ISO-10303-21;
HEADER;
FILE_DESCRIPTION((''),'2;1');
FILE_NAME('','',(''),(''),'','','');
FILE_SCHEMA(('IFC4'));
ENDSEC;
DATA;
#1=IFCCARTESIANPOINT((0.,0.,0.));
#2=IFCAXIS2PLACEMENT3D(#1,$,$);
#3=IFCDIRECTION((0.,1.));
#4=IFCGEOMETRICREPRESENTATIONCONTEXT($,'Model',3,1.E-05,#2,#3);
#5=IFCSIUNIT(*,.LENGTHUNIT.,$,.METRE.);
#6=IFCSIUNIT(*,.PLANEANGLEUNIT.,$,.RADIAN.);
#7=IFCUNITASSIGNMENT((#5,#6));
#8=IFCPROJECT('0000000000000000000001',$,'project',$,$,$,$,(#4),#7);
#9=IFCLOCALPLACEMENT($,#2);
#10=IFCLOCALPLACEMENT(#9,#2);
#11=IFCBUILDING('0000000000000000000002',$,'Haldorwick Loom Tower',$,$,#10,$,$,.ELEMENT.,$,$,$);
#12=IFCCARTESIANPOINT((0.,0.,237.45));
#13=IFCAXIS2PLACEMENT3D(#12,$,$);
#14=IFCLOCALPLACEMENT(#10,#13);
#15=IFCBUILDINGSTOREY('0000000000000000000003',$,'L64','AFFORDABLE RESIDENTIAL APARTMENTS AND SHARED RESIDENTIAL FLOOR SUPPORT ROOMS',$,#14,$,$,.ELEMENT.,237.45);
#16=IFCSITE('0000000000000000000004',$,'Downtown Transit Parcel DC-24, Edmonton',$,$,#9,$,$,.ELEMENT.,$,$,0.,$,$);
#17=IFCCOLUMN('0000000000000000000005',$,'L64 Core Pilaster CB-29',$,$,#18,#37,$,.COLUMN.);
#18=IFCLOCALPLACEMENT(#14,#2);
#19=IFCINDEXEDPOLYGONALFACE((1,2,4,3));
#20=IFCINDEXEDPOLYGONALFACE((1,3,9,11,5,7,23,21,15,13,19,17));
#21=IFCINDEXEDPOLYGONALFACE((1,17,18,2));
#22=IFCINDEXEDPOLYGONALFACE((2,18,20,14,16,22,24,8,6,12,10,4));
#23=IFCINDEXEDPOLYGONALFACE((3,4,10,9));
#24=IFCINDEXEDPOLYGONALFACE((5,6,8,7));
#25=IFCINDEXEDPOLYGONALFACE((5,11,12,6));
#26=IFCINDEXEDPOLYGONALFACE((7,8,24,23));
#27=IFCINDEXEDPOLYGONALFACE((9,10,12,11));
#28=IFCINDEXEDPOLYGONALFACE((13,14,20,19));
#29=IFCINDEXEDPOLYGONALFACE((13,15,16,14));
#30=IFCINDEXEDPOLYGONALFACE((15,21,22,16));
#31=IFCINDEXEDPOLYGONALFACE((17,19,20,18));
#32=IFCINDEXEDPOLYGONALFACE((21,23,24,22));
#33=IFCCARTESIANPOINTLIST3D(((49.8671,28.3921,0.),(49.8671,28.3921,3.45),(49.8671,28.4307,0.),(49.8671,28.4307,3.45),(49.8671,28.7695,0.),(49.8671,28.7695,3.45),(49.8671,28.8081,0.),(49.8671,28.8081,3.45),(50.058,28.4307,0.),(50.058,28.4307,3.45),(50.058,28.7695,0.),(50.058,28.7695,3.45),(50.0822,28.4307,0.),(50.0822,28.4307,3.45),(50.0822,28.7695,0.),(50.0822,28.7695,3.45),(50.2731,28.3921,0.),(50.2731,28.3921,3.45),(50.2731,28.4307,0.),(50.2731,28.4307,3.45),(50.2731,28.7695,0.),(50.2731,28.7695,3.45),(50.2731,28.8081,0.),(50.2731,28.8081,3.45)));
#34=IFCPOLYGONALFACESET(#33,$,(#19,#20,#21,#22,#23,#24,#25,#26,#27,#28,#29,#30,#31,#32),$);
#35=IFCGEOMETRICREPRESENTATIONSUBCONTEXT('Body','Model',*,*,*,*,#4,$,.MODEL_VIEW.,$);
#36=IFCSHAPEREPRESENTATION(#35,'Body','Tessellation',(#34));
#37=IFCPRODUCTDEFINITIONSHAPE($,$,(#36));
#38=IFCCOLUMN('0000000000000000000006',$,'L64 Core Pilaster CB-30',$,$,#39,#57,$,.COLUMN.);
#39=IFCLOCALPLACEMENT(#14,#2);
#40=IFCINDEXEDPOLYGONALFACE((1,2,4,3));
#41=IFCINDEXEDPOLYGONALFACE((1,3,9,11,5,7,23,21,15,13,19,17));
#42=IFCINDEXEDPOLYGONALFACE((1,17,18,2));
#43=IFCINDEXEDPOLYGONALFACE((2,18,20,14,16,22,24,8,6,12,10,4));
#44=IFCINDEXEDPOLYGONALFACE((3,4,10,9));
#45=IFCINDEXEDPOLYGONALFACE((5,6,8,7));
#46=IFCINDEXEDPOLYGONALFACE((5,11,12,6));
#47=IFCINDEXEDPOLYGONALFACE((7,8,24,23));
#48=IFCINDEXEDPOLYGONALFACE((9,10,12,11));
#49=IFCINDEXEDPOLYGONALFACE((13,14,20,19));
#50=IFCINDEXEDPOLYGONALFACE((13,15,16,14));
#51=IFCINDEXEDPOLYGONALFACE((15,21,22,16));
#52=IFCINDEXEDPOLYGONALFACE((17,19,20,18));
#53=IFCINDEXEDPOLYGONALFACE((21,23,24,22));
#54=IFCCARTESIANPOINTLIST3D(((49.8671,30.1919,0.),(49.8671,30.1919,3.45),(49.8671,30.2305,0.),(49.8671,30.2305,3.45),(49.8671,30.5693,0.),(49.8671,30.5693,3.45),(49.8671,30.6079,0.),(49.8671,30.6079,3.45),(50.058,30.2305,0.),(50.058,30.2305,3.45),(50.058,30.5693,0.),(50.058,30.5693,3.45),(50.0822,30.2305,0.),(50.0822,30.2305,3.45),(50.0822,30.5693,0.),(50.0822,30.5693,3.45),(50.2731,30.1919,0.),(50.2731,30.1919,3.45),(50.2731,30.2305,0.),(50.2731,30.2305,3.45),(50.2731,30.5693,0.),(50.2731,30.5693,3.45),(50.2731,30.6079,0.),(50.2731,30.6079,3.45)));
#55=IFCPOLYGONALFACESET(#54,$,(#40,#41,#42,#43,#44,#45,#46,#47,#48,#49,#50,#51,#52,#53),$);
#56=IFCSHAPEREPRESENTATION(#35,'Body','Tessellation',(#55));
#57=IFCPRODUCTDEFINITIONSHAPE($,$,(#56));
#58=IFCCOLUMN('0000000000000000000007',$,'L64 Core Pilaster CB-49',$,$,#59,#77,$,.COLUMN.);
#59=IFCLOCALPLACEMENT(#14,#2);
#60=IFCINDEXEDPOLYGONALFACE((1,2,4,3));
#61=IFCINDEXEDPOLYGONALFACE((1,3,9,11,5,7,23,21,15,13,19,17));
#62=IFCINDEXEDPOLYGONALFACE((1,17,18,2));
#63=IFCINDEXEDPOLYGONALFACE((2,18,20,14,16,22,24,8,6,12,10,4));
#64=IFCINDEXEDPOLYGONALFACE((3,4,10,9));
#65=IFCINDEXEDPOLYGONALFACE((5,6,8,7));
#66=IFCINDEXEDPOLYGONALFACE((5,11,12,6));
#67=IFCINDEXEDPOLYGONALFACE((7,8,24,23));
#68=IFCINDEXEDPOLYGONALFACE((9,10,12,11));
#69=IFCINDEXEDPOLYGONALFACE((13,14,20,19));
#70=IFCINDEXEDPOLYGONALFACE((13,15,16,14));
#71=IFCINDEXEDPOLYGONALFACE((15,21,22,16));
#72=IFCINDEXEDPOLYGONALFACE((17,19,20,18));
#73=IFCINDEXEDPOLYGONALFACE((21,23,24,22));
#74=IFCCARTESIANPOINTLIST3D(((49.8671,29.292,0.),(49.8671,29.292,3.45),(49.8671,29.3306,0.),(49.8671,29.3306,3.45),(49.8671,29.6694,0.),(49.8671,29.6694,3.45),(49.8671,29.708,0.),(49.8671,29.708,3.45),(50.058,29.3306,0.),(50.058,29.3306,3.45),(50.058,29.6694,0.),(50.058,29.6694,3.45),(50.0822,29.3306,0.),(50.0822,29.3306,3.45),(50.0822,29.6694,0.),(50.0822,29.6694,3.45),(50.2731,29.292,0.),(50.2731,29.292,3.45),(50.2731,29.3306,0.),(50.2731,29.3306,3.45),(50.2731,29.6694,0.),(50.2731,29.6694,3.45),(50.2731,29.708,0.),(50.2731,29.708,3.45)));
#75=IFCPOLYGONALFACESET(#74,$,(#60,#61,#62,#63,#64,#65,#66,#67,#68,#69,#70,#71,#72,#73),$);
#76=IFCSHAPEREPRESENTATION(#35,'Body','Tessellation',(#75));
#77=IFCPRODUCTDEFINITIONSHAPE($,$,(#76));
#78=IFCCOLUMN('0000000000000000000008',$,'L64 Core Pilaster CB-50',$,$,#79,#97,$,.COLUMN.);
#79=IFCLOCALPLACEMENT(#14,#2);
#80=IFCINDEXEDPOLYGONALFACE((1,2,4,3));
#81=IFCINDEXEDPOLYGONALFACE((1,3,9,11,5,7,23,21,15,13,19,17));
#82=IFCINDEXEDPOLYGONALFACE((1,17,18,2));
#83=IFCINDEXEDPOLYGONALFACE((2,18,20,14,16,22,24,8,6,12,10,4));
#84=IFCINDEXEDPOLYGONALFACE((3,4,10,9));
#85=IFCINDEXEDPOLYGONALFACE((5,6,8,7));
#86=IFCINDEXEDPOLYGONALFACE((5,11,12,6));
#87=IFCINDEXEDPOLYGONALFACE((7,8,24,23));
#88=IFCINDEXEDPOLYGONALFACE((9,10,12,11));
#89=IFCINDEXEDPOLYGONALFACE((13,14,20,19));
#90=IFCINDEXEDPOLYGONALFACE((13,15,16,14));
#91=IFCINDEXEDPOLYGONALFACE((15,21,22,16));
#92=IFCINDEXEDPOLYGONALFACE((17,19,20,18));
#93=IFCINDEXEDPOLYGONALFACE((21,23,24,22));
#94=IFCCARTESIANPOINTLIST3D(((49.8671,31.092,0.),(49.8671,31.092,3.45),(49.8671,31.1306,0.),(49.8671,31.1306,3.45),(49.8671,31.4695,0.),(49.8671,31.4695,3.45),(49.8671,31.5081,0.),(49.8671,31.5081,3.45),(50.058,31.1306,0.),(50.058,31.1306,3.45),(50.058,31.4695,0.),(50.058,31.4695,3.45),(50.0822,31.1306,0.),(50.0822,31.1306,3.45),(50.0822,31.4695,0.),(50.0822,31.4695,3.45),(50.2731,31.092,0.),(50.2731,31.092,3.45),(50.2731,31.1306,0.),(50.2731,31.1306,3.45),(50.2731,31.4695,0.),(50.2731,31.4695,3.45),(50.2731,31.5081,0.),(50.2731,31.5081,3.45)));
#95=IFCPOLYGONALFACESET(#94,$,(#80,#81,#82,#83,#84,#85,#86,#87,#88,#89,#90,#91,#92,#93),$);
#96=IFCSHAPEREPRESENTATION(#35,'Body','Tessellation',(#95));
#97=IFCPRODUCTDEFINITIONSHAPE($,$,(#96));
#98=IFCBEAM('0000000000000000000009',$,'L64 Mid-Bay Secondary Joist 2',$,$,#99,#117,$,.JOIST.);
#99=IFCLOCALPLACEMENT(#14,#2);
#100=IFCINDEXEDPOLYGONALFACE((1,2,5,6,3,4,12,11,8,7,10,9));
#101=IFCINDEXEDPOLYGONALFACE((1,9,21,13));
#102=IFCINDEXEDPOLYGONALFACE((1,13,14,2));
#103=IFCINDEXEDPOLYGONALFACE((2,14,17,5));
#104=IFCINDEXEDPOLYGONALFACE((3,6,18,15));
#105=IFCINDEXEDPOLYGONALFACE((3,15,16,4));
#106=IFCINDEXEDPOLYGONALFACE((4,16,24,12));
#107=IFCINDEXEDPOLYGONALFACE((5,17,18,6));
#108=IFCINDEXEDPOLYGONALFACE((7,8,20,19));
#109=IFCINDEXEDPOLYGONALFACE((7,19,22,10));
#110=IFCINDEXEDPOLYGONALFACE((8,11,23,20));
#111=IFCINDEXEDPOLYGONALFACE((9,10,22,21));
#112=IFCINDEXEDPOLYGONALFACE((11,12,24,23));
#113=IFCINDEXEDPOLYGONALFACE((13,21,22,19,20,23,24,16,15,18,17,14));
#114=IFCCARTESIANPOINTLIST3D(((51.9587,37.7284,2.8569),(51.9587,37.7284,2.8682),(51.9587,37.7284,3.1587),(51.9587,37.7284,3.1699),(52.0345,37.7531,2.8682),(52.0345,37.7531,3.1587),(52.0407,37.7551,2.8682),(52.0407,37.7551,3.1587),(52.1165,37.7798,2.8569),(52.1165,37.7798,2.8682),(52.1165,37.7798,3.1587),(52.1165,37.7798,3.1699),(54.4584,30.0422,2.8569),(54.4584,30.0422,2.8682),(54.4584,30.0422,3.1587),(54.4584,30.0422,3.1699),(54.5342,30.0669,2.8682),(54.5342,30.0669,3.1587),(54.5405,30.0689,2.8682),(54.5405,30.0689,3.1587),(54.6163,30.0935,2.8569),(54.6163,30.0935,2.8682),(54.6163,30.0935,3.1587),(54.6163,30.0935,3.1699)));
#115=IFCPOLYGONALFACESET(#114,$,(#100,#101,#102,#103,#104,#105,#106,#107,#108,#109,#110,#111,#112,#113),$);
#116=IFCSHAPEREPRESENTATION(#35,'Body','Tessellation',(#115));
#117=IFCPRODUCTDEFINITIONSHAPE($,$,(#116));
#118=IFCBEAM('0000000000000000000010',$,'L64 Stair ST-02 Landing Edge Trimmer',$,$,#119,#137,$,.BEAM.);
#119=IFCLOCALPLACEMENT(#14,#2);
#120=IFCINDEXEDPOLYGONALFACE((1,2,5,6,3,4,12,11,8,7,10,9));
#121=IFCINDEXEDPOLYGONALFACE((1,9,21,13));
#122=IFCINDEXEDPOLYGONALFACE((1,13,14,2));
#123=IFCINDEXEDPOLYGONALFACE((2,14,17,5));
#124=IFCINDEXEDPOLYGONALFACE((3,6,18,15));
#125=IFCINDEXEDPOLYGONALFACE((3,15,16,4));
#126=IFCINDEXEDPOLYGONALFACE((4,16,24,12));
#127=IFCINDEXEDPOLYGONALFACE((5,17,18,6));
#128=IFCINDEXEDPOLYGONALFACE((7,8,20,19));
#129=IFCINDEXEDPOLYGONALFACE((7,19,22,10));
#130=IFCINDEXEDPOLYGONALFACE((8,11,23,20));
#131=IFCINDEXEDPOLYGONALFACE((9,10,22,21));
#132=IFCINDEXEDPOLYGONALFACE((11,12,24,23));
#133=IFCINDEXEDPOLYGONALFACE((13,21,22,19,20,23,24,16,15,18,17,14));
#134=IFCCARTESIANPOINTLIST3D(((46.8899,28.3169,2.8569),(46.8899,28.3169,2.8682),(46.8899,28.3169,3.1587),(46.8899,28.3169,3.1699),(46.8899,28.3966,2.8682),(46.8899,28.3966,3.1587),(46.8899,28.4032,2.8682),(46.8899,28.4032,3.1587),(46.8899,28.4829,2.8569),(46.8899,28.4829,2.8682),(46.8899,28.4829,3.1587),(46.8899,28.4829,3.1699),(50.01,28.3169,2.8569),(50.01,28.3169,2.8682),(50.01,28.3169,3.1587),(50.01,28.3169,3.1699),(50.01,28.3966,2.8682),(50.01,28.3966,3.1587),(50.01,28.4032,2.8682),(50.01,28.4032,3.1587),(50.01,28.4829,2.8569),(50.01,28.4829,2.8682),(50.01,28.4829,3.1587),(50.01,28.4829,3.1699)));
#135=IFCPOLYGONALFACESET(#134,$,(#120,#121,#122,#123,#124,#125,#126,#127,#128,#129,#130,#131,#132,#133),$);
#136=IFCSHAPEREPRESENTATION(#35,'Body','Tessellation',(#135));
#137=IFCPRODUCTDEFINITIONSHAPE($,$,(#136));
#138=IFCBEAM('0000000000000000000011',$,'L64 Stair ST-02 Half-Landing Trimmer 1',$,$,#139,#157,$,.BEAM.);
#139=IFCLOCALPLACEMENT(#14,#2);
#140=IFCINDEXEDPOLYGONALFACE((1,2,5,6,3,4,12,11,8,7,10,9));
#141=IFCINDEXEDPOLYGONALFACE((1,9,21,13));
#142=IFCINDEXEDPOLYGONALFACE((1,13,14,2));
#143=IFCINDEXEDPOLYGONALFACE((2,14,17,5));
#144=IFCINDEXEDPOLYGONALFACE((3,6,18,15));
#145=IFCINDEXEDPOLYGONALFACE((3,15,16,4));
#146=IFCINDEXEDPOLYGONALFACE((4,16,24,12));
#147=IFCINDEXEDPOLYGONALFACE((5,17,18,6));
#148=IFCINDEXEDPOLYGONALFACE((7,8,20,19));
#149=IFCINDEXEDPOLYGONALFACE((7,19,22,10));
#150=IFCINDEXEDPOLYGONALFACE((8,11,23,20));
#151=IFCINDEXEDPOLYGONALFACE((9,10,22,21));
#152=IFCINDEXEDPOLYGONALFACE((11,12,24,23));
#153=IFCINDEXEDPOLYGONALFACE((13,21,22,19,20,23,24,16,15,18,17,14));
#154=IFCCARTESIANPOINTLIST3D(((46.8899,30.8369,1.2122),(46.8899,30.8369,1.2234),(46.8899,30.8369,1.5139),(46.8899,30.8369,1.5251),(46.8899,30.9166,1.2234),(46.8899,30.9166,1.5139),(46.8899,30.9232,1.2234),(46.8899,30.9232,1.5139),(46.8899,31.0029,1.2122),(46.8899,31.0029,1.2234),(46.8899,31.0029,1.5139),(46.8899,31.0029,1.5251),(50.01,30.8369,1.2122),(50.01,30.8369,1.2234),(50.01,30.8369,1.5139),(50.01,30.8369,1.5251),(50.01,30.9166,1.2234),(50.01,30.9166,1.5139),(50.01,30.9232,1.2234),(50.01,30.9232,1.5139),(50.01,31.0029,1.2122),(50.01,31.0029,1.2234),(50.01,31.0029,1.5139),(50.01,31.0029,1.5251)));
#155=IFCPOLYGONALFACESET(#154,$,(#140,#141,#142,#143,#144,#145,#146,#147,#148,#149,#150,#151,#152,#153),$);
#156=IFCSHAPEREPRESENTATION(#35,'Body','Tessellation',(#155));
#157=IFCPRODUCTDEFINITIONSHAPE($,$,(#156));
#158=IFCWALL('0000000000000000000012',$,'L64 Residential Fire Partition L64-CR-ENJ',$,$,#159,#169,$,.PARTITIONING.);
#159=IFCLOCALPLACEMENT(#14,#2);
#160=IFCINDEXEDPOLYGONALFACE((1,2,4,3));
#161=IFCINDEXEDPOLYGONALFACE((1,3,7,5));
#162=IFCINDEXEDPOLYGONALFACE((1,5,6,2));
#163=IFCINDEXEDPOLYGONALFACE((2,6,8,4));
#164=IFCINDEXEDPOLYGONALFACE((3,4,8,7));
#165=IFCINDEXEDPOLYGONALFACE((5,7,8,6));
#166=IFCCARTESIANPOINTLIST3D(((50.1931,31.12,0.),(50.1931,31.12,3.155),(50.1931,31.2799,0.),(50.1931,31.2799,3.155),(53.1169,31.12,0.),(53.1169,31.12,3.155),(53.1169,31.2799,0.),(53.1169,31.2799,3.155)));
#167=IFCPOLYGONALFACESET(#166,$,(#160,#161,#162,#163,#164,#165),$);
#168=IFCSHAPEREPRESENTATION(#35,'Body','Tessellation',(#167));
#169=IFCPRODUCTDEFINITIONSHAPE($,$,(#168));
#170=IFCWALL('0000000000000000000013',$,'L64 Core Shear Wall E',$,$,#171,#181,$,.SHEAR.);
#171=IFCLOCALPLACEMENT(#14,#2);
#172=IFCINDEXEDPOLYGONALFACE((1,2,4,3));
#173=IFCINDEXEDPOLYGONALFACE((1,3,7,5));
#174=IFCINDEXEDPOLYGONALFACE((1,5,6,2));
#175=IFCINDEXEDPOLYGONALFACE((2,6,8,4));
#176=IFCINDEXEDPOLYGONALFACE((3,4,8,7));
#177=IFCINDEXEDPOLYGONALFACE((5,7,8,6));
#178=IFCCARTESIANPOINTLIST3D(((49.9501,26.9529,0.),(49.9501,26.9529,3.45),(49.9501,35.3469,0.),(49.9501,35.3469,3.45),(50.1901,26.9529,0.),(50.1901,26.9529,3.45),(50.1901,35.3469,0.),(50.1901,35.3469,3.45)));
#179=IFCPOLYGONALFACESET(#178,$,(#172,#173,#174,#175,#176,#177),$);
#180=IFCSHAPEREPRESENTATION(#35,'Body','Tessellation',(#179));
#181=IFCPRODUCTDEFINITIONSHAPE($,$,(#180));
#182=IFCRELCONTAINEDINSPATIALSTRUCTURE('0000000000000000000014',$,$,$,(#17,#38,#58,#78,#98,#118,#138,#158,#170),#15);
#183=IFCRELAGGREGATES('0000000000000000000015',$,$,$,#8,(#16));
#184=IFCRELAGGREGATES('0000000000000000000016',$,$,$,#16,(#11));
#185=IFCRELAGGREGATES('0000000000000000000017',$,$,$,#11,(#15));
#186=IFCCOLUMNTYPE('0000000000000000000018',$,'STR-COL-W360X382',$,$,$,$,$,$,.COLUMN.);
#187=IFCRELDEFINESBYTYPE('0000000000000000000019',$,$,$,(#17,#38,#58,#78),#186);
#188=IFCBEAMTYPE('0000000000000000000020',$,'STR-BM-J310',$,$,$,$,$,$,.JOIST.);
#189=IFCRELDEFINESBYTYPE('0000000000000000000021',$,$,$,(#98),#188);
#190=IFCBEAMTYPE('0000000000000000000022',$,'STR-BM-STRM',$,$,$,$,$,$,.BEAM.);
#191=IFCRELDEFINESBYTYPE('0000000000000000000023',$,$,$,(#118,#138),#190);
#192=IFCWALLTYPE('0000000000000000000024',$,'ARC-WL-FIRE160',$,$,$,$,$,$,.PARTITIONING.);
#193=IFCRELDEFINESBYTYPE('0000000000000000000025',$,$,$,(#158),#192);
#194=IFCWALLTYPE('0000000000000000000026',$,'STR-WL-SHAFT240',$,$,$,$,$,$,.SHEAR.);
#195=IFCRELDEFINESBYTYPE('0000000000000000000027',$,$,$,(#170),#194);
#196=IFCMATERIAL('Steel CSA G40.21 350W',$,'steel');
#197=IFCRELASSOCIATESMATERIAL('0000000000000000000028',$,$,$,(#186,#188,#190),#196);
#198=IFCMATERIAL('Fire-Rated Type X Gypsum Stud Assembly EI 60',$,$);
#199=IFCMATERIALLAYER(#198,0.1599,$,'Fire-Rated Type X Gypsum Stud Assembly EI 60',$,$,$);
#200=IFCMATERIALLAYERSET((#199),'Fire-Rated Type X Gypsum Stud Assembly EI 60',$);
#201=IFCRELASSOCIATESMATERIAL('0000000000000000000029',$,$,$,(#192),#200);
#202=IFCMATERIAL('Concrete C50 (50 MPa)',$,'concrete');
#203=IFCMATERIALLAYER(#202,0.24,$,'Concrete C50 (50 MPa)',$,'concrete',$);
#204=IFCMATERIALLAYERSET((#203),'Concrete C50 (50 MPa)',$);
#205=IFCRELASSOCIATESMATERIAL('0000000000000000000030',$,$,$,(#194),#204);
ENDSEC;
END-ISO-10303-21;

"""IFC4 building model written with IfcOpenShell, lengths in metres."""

from ifc_helpers import new_model, si_unit, direction, frame, frame_2d, origin, origin_2d, place, context, subcontext, project, spatial, rectangle, i_section, extrude, material, layer, layer_set, material_profile, profile_set, type_object, element, save


model = new_model("IFC4")

# Units and contexts
model_context = context("Model", 3, precision=1e-05, world=origin(), true_north=direction((0.0, 1.0)))
body_context = subcontext(model_context, "Body", "Model", "MODEL_VIEW")
ifc_project = project(units=[si_unit("LENGTHUNIT", "METRE"), si_unit("PLANEANGLEUNIT", "RADIAN")], contexts=[model_context])

# Site, building, storey
site_placement = place(None, origin())
site = spatial("IfcSite", under=ifc_project, at=site_placement, Name="Downtown Transit Parcel DC-24, Edmonton", CompositionType="ELEMENT", RefElevation=0.0)
building_placement = place(site_placement, origin())
building = spatial("IfcBuilding", under=site, at=building_placement, Name="Haldorwick Loom Tower", CompositionType="ELEMENT")
storey_placement = place(building_placement, frame((0.0, 0.0, 237.45)))
storey = spatial("IfcBuildingStorey", under=building, at=storey_placement, Name="L64", Description="AFFORDABLE RESIDENTIAL APARTMENTS AND SHARED RESIDENTIAL FLOOR SUPPORT ROOMS", CompositionType="ELEMENT", Elevation=237.45)

# Columns
ifc_material_1 = material(Name="Steel CSA G40.21 350W", Category="steel")
ifc_material_profile_1 = material_profile(ifc_material_1, i_section(OverallWidth=0.406, OverallDepth=0.416, WebThickness=0.0242, FlangeThickness=0.0386, at=origin_2d()), Name="W360X382", Category="steel")
ifc_profile_set_1 = profile_set([ifc_material_profile_1], Name="Steel CSA G40.21 350W")
column_type = type_object("IfcColumnType", Name="STR-COL-W360X382", PredefinedType="COLUMN", material=ifc_profile_set_1)
for number, where, z_axis, x_axis, name in (
    (1, (50.0701, 28.6001, 0.0), (0.0, 0.0, 1.0), (1.0, 0.0, 0.0), "L64 Core Pilaster CB-29"),
    (2, (50.0701, 30.3999, 0.0), (0.0, 0.0, 1.0), (1.0, 0.0, 0.0), "L64 Core Pilaster CB-30"),
    (3, (50.0701, 29.5, 0.0), (0.0, 0.0, 1.0), (1.0, 0.0, 0.0), "L64 Core Pilaster CB-49"),
    (4, (50.0701, 31.3, 0.0), (0.0, 0.0, 1.0), (1.0, 0.0, 0.0), "L64 Core Pilaster CB-50"),
):
    element("IfcColumn", number, at=place(storey_placement, frame(where, z_axis=z_axis, x_axis=x_axis)), inside=storey, type_object=column_type, Name=name, PredefinedType="COLUMN", context=body_context, shape_type="SweptSolid", body=[
        extrude(i_section(OverallWidth=0.406, OverallDepth=0.416, WebThickness=0.0242, FlangeThickness=0.0386, at=origin_2d()), origin(), (0.0, 0.0, 1.0), 3.45),
    ])

# Beams
ifc_material_profile_2 = material_profile(ifc_material_1, i_section(OverallWidth=0.166, OverallDepth=0.313, WebThickness=0.0066, FlangeThickness=0.0112, at=origin_2d()), Name="W310X45", Category="steel")
ifc_profile_set_2 = profile_set([ifc_material_profile_2], Name="Steel CSA G40.21 350W")
beam_type_1 = type_object("IfcBeamType", Name="STR-BM-J310", PredefinedType="JOIST", material=ifc_profile_set_2)
beam_placement = place(storey_placement, frame((54.5374, 30.0679, 3.0134), z_axis=(-0.309278, 0.950972, 0.0), x_axis=(-0.950972, -0.309278, 0.0)))
element("IfcBeam", 5, at=beam_placement, inside=storey, type_object=beam_type_1, Name="L64 Mid-Bay Secondary Joist 2", PredefinedType="JOIST", context=body_context, shape_type="SweptSolid", body=[
    extrude(i_section(OverallWidth=0.166, OverallDepth=0.313, WebThickness=0.0066, FlangeThickness=0.0112, at=origin_2d()), origin(), (0.0, 0.0, 1.0), 8.0825),
])
ifc_material_profile_3 = material_profile(ifc_material_1, i_section(OverallWidth=0.166, OverallDepth=0.313, WebThickness=0.0066, FlangeThickness=0.0112, at=origin_2d()), Name="W310X45", Category="steel")
ifc_profile_set_3 = profile_set([ifc_material_profile_3], Name="Steel CSA G40.21 350W")
beam_type_2 = type_object("IfcBeamType", Name="STR-BM-STRM", PredefinedType="BEAM", material=ifc_profile_set_3)
for number, where, z_axis, x_axis, name in (
    (6, (46.8899, 28.3999, 3.0134), (1.0, 0.0, 0.0), (0.0, 1.0, 0.0), "L64 Stair ST-02 Landing Edge Trimmer"),
    (7, (46.8899, 30.9199, 1.3687), (1.0, 0.0, 0.0), (0.0, 1.0, 0.0), "L64 Stair ST-02 Half-Landing Trimmer 1"),
):
    element("IfcBeam", number, at=place(storey_placement, frame(where, z_axis=z_axis, x_axis=x_axis)), inside=storey, type_object=beam_type_2, Name=name, PredefinedType="BEAM", context=body_context, shape_type="SweptSolid", body=[
        extrude(i_section(OverallWidth=0.166, OverallDepth=0.313, WebThickness=0.0066, FlangeThickness=0.0112, at=origin_2d()), origin(), (0.0, 0.0, 1.0), 3.1201),
    ])

# Walls
ifc_material_2 = material(Name="Fire-Rated Type X Gypsum Stud Assembly EI 60")
ifc_layer_1 = layer(ifc_material_2, 0.1599, Name="Fire-Rated Type X Gypsum Stud Assembly EI 60")
ifc_layer_set_1 = layer_set([ifc_layer_1], Name="Fire-Rated Type X Gypsum Stud Assembly EI 60")
wall_type_1 = type_object("IfcWallType", Name="ARC-WL-FIRE160", PredefinedType="PARTITIONING", material=ifc_layer_set_1)
wall_1_placement = place(storey_placement, frame((50.1931, 31.2, 0.0), z_axis=(0.0, 0.0, 1.0), x_axis=(1.0, 0.0, 0.0)))
element("IfcWall", 8, at=wall_1_placement, inside=storey, type_object=wall_type_1, Name="L64 Residential Fire Partition L64-CR-ENJ", PredefinedType="PARTITIONING", context=body_context, shape_type="SweptSolid", body=[
    extrude(rectangle(XDim=2.9238, YDim=0.1599, at=frame_2d((1.4619, 0.0))), origin(), (0.0, 0.0, 1.0), 3.155),
])
ifc_material_3 = material(Name="Concrete C50 (50 MPa)", Category="concrete")
ifc_layer_2 = layer(ifc_material_3, 0.24, Name="Concrete C50 (50 MPa)", Category="concrete")
ifc_layer_set_2 = layer_set([ifc_layer_2], Name="Concrete C50 (50 MPa)")
wall_type_2 = type_object("IfcWallType", Name="STR-WL-SHAFT240", PredefinedType="SHEAR", material=ifc_layer_set_2)
wall_2_placement = place(storey_placement, frame((50.0701, 26.9529, 0.0), z_axis=(0.0, 0.0, 1.0), x_axis=(0.0, 1.0, 0.0)))
element("IfcWall", 9, at=wall_2_placement, inside=storey, type_object=wall_type_2, Name="L64 Core Shear Wall E", PredefinedType="SHEAR", context=body_context, shape_type="SweptSolid", body=[
    extrude(rectangle(XDim=8.394, YDim=0.24, at=frame_2d((4.197, 0.0))), origin(), (0.0, 0.0, 1.0), 3.45),
])

save(model, "model.ifc")
